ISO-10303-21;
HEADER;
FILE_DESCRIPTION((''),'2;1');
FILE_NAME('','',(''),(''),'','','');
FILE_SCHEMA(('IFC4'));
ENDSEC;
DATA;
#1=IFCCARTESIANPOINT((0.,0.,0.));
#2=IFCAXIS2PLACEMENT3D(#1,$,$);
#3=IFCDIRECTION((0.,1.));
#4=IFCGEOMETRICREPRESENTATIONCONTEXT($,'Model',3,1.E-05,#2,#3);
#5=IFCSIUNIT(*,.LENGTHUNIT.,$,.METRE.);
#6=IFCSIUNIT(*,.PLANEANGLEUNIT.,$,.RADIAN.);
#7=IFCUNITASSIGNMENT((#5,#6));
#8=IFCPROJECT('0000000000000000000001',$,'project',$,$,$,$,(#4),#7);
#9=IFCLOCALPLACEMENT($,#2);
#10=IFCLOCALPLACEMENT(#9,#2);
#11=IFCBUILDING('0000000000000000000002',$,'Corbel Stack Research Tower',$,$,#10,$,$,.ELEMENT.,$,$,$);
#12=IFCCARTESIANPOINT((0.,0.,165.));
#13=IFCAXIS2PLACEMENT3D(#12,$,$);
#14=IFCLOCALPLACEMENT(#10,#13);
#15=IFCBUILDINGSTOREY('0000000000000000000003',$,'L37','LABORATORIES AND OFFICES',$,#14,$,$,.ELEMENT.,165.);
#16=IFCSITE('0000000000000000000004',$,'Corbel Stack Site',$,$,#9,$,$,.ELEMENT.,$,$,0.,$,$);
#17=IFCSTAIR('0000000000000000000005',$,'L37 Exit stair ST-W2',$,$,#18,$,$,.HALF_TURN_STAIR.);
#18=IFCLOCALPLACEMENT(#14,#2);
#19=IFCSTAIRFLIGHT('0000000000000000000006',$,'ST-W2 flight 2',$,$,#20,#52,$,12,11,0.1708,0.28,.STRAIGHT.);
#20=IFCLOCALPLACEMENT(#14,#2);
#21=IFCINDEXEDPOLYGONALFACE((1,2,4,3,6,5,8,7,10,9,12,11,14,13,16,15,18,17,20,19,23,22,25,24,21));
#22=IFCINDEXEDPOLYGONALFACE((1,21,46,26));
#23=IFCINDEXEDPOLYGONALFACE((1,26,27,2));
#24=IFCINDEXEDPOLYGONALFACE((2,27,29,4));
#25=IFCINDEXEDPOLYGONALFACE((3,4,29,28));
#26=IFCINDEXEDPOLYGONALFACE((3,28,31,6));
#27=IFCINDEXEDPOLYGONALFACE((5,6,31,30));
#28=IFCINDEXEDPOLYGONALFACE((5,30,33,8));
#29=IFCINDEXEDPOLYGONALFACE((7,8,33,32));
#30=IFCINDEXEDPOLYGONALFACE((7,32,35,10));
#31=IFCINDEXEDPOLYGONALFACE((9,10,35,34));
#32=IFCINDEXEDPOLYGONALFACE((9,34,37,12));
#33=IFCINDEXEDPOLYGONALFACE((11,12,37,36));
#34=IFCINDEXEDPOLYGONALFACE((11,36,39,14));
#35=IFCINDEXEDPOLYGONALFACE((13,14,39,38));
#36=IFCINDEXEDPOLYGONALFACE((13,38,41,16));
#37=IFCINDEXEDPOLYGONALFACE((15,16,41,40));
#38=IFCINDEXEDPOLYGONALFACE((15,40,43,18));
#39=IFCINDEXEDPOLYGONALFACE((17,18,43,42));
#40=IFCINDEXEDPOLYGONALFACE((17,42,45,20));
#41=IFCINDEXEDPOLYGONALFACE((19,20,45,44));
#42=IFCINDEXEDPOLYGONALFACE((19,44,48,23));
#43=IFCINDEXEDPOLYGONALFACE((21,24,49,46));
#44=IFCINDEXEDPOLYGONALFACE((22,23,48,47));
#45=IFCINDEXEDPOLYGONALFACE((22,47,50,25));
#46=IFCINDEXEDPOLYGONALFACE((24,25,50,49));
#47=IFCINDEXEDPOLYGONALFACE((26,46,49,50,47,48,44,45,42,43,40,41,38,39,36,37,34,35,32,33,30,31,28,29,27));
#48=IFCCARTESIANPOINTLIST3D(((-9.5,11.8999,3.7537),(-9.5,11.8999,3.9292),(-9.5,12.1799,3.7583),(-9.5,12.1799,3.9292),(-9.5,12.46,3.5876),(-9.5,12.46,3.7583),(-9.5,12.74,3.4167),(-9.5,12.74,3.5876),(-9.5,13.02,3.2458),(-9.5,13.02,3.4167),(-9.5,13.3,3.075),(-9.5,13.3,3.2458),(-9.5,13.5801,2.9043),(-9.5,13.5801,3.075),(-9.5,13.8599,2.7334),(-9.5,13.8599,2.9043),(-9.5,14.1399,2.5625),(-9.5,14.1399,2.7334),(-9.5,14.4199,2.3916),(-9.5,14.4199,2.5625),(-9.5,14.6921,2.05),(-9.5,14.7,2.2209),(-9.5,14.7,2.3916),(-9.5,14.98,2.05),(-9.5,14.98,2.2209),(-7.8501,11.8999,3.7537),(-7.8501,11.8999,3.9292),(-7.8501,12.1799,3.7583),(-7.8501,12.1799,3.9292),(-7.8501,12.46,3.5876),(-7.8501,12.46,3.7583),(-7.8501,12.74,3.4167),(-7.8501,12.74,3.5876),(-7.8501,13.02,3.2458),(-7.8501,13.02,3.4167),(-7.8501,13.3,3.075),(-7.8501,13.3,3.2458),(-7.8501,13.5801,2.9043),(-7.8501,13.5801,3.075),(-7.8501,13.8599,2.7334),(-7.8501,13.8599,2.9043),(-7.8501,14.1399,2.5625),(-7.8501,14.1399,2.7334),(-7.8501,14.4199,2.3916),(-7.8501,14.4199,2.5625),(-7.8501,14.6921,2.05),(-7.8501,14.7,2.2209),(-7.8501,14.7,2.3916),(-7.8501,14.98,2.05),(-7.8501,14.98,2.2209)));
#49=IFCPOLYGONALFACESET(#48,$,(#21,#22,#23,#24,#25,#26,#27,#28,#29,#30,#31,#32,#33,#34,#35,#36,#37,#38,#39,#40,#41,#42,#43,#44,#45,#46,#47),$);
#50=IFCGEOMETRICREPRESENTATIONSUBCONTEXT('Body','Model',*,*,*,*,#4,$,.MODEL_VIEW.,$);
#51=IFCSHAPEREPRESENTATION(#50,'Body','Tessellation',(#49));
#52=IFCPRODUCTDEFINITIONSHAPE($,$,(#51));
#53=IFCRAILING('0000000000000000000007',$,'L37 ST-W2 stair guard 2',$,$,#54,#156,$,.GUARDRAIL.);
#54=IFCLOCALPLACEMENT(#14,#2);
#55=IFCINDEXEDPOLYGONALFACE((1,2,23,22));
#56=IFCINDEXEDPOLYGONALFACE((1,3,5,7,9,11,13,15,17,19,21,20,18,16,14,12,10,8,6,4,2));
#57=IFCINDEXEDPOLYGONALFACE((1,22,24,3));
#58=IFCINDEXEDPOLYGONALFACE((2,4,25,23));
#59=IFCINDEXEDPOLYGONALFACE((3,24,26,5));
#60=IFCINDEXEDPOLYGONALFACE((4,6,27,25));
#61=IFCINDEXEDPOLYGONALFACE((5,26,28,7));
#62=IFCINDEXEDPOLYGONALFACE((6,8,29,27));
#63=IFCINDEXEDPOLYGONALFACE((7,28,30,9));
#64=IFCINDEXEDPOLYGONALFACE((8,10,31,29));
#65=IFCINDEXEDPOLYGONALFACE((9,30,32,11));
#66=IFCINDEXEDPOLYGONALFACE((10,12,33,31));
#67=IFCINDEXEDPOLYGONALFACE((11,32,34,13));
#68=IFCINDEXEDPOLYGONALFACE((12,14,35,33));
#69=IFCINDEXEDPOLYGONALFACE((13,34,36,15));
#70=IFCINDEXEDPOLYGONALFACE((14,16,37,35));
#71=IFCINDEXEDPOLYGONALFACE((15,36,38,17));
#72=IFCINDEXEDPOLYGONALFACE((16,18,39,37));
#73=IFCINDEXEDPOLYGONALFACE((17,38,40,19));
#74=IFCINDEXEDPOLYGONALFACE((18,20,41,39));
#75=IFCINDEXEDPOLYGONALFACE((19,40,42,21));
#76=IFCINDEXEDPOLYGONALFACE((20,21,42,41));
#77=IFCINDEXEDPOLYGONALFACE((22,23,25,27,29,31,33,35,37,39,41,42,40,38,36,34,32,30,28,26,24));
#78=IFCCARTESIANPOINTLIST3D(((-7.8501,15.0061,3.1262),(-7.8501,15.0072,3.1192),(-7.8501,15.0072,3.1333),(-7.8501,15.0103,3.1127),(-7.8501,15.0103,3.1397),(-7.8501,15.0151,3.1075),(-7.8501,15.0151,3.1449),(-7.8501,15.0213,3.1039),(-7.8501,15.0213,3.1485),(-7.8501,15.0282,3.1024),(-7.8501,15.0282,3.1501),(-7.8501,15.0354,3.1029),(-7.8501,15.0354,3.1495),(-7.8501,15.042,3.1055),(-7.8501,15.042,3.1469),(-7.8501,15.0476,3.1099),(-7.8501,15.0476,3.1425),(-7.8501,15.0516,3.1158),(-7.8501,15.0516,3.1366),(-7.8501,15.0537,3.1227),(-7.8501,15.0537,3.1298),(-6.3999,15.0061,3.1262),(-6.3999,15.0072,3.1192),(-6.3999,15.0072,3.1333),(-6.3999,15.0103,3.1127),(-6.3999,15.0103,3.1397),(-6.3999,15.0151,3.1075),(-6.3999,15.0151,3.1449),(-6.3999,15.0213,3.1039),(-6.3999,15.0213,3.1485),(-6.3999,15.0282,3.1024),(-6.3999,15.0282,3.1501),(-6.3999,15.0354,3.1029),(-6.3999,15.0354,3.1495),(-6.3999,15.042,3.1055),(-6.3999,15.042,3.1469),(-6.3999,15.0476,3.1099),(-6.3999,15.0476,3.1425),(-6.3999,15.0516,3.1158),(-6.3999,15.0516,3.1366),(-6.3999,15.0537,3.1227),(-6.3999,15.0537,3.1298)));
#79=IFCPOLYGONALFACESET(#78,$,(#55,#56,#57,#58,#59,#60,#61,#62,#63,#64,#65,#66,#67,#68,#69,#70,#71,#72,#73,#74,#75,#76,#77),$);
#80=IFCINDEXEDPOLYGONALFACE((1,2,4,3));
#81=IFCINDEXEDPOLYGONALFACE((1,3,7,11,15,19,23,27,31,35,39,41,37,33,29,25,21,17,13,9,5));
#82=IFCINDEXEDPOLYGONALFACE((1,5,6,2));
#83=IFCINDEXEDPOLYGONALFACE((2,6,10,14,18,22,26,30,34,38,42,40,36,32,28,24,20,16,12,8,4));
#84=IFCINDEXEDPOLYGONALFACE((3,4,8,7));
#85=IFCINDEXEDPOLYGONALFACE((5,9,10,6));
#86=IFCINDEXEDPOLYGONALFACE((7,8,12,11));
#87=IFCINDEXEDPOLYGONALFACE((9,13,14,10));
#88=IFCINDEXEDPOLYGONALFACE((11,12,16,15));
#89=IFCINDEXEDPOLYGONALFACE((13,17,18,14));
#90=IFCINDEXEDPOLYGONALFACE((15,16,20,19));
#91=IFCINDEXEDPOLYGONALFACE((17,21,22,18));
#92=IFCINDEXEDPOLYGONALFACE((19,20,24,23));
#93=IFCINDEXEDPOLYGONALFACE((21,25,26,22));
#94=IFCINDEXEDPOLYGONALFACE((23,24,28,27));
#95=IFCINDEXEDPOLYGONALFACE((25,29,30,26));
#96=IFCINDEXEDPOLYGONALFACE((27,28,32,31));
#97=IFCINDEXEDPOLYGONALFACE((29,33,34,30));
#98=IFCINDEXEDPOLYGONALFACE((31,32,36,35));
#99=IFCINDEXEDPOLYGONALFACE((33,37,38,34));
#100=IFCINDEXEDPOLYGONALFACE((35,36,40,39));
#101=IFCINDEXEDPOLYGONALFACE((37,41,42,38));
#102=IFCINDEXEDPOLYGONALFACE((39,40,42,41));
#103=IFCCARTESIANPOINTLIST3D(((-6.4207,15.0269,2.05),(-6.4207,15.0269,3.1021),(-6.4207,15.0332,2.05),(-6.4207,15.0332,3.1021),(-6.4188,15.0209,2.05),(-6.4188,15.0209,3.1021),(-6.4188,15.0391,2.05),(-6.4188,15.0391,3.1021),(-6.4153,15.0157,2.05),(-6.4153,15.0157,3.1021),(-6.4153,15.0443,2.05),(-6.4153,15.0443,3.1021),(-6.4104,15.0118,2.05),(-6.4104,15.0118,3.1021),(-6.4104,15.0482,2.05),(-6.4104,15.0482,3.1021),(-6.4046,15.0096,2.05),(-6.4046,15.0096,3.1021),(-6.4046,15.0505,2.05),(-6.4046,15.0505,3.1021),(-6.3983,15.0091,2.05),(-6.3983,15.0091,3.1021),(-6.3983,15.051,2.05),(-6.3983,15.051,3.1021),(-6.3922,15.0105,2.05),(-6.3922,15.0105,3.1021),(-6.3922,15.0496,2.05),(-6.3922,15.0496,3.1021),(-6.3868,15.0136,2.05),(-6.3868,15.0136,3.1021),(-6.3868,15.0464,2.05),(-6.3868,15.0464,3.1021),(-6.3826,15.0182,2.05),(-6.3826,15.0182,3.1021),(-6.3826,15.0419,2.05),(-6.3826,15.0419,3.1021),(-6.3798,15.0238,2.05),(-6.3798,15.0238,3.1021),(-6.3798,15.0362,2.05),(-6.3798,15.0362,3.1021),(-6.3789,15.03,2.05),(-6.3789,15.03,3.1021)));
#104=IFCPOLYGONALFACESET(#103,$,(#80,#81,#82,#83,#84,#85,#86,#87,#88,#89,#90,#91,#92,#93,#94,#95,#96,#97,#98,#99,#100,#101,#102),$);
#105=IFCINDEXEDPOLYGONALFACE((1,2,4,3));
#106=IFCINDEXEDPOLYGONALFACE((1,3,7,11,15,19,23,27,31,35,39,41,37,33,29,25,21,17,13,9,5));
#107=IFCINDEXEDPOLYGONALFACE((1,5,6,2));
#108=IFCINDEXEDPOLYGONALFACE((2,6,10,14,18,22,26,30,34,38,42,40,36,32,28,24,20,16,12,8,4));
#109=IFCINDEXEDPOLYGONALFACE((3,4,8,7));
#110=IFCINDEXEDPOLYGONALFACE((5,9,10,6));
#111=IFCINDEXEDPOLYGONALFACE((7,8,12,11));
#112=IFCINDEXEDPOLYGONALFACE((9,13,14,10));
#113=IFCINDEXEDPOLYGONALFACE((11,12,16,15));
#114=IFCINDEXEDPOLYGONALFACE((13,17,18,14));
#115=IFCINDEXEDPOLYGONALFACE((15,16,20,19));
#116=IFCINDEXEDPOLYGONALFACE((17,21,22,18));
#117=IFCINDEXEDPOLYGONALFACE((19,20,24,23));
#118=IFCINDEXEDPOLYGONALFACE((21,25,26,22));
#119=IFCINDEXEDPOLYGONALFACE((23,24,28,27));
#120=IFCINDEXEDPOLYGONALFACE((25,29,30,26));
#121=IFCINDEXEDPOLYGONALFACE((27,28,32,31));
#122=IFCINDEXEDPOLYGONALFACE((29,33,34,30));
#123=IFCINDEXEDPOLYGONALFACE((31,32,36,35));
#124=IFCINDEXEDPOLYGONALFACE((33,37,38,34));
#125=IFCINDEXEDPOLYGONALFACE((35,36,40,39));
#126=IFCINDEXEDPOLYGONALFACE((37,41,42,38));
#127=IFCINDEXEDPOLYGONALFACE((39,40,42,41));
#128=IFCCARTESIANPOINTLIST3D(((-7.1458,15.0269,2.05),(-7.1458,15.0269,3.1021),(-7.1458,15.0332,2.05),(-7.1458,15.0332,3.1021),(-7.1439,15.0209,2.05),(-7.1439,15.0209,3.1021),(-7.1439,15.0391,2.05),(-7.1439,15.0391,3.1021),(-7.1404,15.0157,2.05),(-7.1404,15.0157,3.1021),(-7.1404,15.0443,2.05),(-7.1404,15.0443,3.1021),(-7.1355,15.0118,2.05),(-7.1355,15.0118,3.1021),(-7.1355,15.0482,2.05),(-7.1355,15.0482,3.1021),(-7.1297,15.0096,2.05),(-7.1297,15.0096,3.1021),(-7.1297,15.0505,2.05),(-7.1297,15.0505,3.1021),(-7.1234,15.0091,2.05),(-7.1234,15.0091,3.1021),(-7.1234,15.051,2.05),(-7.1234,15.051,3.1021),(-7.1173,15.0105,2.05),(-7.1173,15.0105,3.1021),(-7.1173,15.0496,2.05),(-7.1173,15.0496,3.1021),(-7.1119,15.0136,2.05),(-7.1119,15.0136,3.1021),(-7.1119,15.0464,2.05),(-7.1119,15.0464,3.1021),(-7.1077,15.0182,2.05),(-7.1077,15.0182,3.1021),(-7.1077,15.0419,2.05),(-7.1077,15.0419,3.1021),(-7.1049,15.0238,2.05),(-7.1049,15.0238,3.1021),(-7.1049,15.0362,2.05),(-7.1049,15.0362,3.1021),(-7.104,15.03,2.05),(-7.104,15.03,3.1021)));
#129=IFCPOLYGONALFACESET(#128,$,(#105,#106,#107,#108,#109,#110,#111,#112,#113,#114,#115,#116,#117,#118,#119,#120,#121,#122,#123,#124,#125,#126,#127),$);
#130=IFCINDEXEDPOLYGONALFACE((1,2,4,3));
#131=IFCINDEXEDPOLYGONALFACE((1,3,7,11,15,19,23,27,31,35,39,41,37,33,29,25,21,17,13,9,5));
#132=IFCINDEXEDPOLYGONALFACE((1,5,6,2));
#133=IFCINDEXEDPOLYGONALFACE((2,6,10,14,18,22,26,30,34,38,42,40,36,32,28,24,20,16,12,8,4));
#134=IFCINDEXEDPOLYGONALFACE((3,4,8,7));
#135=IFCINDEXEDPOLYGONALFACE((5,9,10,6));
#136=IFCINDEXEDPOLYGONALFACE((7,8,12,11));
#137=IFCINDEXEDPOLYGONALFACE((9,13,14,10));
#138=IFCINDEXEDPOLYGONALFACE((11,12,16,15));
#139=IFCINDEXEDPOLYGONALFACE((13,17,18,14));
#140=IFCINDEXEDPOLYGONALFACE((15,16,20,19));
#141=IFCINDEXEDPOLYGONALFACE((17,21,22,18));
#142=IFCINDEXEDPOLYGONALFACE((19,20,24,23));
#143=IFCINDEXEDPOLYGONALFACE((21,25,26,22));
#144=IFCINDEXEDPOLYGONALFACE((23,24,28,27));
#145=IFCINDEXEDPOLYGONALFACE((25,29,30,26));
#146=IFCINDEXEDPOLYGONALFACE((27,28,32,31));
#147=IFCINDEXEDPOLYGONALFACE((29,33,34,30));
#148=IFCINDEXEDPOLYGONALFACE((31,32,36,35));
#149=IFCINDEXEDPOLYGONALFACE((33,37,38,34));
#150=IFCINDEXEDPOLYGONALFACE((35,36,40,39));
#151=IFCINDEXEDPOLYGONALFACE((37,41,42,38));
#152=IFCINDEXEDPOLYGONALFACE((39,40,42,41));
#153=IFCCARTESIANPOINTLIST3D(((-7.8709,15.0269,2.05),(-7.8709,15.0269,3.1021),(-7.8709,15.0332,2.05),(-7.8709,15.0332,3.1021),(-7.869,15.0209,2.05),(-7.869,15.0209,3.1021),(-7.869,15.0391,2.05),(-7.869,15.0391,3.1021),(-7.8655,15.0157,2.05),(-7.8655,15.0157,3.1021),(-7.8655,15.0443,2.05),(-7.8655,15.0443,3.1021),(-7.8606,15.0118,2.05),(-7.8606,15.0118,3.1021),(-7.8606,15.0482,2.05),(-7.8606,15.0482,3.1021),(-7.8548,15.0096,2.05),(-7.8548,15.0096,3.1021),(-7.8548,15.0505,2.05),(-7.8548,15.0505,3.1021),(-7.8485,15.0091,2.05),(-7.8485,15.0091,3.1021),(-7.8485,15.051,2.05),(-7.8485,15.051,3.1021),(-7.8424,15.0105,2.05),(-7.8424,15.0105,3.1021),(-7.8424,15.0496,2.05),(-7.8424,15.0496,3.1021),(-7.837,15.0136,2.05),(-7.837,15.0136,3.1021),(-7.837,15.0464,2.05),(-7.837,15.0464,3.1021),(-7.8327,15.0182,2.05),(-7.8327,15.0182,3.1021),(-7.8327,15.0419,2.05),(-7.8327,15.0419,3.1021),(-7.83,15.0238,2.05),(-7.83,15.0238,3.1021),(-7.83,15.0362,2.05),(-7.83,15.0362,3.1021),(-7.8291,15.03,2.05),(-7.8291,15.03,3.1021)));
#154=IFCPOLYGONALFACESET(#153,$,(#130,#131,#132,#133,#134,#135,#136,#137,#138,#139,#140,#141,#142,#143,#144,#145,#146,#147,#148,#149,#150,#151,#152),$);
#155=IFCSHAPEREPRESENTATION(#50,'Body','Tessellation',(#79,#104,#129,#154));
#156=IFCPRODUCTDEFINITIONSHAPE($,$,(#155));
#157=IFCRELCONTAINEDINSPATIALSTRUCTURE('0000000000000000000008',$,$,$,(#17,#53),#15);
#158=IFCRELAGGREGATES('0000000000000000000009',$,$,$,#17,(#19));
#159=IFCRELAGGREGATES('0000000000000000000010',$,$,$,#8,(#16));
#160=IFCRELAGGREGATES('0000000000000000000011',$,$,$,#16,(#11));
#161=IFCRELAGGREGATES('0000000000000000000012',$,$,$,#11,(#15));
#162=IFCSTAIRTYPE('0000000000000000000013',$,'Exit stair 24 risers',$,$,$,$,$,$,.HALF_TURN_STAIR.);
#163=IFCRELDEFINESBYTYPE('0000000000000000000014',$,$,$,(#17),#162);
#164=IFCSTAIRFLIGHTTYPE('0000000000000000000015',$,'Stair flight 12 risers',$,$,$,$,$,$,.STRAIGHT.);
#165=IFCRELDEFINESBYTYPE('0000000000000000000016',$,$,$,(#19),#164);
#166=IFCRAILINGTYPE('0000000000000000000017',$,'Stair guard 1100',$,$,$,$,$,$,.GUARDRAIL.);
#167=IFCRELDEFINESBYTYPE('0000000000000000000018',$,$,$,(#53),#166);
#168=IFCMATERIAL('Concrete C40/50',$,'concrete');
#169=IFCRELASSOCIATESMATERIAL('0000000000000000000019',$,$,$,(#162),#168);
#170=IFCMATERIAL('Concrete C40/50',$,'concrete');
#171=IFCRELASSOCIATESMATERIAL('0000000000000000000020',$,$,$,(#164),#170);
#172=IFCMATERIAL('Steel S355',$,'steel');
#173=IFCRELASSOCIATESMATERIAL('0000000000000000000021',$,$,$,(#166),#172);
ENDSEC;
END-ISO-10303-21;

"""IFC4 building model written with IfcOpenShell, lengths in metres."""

from ifc_helpers import new_model, si_unit, direction, frame, origin, origin_2d, place, context, subcontext, project, spatial, polyline, circle, outline, extrude, material, type_object, element, aggregate, save


model = new_model("IFC4")

# Units and contexts
model_context = context("Model", 3, precision=1e-05, world=origin(), true_north=direction((0.0, 1.0)))
body_context = subcontext(model_context, "Body", "Model", "MODEL_VIEW")
ifc_project = project(units=[si_unit("LENGTHUNIT", "METRE"), si_unit("PLANEANGLEUNIT", "RADIAN")], contexts=[model_context])

# Site, building, storey
site_placement = place(None, origin())
site = spatial("IfcSite", under=ifc_project, at=site_placement, Name="Corbel Stack Site", CompositionType="ELEMENT", RefElevation=0.0)
building_placement = place(site_placement, origin())
building = spatial("IfcBuilding", under=site, at=building_placement, Name="Corbel Stack Research Tower", CompositionType="ELEMENT")
storey_placement = place(building_placement, frame((0.0, 0.0, 165.0)))
storey = spatial("IfcBuildingStorey", under=building, at=storey_placement, Name="L37", Description="LABORATORIES AND OFFICES", CompositionType="ELEMENT", Elevation=165.0)

# Stair, stair flight
ifc_material_1 = material(Name="Concrete C40/50", Category="concrete")
stair_type = type_object("IfcStairType", Name="Exit stair 24 risers", PredefinedType="HALF_TURN_STAIR", material=ifc_material_1)
stair_placement = place(storey_placement, origin())
stair = element("IfcStair", 1, at=stair_placement, inside=storey, type_object=stair_type, Name="L37 Exit stair ST-W2", PredefinedType="HALF_TURN_STAIR")
ifc_material_2 = material(Name="Concrete C40/50", Category="concrete")
stair_flight_type = type_object("IfcStairFlightType", Name="Stair flight 12 risers", PredefinedType="STRAIGHT", material=ifc_material_2)
stair_flight_placement = place(storey_placement, frame((-8.675, 14.98, 2.05), z_axis=(0.0, 0.0, 1.0), x_axis=(0.0, -1.0, 0.0)))
stair_flight = element("IfcStairFlight", 2, at=stair_flight_placement, type_object=stair_flight_type, Name="ST-W2 flight 2", NumberOfRisers=12, NumberOfTreads=11, PredefinedType="STRAIGHT", RiserHeight=0.1708, TreadLength=0.28, context=body_context, shape_type="SweptSolid", body=[
    extrude(outline(polyline([(0.0, 0.0), (0.0, 0.1709), (0.28, 0.1709), (0.28, 0.3416), (0.5601, 0.3416), (0.5601, 0.5125), (0.8401, 0.5125), (0.8401, 0.6833), (1.1201, 0.6833), (1.1201, 0.8542), (1.3999, 0.8542), (1.3999, 1.0249), (1.6799, 1.0249), (1.6799, 1.1958), (1.96, 1.1958), (1.96, 1.3667), (2.24, 1.3667), (2.24, 1.5376), (2.52, 1.5376), (2.52, 1.7083), (2.8, 1.7083), (2.8, 1.8792), (3.0801, 1.8792), (3.0801, 2.05), (3.0801, 1.7036), (0.2878, 0.0), (0.0, 0.0)])), frame((0.0, 0.825, 0.0), z_axis=(0.0, -1.0, 0.0), x_axis=(1.0, 0.0, 0.0)), (0.0, 0.0, 1.0), 1.6499),
])
aggregate(stair, [stair_flight])

# Railing
ifc_material_3 = material(Name="Steel S355", Category="steel")
railing_type_1 = type_object("IfcRailingType", Name="Stair guard 1100", PredefinedType="GUARDRAIL", material=ifc_material_3)
railing_1_placement = place(storey_placement, frame((-6.3999, 15.03, 2.05)))
element("IfcRailing", 3, at=railing_1_placement, inside=storey, type_object=railing_type_1, Name="L37 ST-W2 stair guard 2", PredefinedType="GUARDRAIL", context=body_context, shape_type="SweptSolid", body=[
    extrude(circle(Radius=0.0239, at=origin_2d()), frame((0.0, 0.0, 1.0762), z_axis=(-1.0, 0.0, 0.0), x_axis=(0.0, -1.0, 0.0)), (0.0, 0.0, 1.0), 1.4502),
    extrude(circle(Radius=0.021, at=origin_2d()), origin(), (0.0, 0.0, 1.0), 1.052),
    extrude(circle(Radius=0.021, at=origin_2d()), frame((-0.7251, 0.0, 0.0)), (0.0, 0.0, 1.0), 1.052),
    extrude(circle(Radius=0.021, at=origin_2d()), frame((-1.4502, 0.0, 0.0)), (0.0, 0.0, 1.0), 1.052),
])

save(model, "model.ifc")
